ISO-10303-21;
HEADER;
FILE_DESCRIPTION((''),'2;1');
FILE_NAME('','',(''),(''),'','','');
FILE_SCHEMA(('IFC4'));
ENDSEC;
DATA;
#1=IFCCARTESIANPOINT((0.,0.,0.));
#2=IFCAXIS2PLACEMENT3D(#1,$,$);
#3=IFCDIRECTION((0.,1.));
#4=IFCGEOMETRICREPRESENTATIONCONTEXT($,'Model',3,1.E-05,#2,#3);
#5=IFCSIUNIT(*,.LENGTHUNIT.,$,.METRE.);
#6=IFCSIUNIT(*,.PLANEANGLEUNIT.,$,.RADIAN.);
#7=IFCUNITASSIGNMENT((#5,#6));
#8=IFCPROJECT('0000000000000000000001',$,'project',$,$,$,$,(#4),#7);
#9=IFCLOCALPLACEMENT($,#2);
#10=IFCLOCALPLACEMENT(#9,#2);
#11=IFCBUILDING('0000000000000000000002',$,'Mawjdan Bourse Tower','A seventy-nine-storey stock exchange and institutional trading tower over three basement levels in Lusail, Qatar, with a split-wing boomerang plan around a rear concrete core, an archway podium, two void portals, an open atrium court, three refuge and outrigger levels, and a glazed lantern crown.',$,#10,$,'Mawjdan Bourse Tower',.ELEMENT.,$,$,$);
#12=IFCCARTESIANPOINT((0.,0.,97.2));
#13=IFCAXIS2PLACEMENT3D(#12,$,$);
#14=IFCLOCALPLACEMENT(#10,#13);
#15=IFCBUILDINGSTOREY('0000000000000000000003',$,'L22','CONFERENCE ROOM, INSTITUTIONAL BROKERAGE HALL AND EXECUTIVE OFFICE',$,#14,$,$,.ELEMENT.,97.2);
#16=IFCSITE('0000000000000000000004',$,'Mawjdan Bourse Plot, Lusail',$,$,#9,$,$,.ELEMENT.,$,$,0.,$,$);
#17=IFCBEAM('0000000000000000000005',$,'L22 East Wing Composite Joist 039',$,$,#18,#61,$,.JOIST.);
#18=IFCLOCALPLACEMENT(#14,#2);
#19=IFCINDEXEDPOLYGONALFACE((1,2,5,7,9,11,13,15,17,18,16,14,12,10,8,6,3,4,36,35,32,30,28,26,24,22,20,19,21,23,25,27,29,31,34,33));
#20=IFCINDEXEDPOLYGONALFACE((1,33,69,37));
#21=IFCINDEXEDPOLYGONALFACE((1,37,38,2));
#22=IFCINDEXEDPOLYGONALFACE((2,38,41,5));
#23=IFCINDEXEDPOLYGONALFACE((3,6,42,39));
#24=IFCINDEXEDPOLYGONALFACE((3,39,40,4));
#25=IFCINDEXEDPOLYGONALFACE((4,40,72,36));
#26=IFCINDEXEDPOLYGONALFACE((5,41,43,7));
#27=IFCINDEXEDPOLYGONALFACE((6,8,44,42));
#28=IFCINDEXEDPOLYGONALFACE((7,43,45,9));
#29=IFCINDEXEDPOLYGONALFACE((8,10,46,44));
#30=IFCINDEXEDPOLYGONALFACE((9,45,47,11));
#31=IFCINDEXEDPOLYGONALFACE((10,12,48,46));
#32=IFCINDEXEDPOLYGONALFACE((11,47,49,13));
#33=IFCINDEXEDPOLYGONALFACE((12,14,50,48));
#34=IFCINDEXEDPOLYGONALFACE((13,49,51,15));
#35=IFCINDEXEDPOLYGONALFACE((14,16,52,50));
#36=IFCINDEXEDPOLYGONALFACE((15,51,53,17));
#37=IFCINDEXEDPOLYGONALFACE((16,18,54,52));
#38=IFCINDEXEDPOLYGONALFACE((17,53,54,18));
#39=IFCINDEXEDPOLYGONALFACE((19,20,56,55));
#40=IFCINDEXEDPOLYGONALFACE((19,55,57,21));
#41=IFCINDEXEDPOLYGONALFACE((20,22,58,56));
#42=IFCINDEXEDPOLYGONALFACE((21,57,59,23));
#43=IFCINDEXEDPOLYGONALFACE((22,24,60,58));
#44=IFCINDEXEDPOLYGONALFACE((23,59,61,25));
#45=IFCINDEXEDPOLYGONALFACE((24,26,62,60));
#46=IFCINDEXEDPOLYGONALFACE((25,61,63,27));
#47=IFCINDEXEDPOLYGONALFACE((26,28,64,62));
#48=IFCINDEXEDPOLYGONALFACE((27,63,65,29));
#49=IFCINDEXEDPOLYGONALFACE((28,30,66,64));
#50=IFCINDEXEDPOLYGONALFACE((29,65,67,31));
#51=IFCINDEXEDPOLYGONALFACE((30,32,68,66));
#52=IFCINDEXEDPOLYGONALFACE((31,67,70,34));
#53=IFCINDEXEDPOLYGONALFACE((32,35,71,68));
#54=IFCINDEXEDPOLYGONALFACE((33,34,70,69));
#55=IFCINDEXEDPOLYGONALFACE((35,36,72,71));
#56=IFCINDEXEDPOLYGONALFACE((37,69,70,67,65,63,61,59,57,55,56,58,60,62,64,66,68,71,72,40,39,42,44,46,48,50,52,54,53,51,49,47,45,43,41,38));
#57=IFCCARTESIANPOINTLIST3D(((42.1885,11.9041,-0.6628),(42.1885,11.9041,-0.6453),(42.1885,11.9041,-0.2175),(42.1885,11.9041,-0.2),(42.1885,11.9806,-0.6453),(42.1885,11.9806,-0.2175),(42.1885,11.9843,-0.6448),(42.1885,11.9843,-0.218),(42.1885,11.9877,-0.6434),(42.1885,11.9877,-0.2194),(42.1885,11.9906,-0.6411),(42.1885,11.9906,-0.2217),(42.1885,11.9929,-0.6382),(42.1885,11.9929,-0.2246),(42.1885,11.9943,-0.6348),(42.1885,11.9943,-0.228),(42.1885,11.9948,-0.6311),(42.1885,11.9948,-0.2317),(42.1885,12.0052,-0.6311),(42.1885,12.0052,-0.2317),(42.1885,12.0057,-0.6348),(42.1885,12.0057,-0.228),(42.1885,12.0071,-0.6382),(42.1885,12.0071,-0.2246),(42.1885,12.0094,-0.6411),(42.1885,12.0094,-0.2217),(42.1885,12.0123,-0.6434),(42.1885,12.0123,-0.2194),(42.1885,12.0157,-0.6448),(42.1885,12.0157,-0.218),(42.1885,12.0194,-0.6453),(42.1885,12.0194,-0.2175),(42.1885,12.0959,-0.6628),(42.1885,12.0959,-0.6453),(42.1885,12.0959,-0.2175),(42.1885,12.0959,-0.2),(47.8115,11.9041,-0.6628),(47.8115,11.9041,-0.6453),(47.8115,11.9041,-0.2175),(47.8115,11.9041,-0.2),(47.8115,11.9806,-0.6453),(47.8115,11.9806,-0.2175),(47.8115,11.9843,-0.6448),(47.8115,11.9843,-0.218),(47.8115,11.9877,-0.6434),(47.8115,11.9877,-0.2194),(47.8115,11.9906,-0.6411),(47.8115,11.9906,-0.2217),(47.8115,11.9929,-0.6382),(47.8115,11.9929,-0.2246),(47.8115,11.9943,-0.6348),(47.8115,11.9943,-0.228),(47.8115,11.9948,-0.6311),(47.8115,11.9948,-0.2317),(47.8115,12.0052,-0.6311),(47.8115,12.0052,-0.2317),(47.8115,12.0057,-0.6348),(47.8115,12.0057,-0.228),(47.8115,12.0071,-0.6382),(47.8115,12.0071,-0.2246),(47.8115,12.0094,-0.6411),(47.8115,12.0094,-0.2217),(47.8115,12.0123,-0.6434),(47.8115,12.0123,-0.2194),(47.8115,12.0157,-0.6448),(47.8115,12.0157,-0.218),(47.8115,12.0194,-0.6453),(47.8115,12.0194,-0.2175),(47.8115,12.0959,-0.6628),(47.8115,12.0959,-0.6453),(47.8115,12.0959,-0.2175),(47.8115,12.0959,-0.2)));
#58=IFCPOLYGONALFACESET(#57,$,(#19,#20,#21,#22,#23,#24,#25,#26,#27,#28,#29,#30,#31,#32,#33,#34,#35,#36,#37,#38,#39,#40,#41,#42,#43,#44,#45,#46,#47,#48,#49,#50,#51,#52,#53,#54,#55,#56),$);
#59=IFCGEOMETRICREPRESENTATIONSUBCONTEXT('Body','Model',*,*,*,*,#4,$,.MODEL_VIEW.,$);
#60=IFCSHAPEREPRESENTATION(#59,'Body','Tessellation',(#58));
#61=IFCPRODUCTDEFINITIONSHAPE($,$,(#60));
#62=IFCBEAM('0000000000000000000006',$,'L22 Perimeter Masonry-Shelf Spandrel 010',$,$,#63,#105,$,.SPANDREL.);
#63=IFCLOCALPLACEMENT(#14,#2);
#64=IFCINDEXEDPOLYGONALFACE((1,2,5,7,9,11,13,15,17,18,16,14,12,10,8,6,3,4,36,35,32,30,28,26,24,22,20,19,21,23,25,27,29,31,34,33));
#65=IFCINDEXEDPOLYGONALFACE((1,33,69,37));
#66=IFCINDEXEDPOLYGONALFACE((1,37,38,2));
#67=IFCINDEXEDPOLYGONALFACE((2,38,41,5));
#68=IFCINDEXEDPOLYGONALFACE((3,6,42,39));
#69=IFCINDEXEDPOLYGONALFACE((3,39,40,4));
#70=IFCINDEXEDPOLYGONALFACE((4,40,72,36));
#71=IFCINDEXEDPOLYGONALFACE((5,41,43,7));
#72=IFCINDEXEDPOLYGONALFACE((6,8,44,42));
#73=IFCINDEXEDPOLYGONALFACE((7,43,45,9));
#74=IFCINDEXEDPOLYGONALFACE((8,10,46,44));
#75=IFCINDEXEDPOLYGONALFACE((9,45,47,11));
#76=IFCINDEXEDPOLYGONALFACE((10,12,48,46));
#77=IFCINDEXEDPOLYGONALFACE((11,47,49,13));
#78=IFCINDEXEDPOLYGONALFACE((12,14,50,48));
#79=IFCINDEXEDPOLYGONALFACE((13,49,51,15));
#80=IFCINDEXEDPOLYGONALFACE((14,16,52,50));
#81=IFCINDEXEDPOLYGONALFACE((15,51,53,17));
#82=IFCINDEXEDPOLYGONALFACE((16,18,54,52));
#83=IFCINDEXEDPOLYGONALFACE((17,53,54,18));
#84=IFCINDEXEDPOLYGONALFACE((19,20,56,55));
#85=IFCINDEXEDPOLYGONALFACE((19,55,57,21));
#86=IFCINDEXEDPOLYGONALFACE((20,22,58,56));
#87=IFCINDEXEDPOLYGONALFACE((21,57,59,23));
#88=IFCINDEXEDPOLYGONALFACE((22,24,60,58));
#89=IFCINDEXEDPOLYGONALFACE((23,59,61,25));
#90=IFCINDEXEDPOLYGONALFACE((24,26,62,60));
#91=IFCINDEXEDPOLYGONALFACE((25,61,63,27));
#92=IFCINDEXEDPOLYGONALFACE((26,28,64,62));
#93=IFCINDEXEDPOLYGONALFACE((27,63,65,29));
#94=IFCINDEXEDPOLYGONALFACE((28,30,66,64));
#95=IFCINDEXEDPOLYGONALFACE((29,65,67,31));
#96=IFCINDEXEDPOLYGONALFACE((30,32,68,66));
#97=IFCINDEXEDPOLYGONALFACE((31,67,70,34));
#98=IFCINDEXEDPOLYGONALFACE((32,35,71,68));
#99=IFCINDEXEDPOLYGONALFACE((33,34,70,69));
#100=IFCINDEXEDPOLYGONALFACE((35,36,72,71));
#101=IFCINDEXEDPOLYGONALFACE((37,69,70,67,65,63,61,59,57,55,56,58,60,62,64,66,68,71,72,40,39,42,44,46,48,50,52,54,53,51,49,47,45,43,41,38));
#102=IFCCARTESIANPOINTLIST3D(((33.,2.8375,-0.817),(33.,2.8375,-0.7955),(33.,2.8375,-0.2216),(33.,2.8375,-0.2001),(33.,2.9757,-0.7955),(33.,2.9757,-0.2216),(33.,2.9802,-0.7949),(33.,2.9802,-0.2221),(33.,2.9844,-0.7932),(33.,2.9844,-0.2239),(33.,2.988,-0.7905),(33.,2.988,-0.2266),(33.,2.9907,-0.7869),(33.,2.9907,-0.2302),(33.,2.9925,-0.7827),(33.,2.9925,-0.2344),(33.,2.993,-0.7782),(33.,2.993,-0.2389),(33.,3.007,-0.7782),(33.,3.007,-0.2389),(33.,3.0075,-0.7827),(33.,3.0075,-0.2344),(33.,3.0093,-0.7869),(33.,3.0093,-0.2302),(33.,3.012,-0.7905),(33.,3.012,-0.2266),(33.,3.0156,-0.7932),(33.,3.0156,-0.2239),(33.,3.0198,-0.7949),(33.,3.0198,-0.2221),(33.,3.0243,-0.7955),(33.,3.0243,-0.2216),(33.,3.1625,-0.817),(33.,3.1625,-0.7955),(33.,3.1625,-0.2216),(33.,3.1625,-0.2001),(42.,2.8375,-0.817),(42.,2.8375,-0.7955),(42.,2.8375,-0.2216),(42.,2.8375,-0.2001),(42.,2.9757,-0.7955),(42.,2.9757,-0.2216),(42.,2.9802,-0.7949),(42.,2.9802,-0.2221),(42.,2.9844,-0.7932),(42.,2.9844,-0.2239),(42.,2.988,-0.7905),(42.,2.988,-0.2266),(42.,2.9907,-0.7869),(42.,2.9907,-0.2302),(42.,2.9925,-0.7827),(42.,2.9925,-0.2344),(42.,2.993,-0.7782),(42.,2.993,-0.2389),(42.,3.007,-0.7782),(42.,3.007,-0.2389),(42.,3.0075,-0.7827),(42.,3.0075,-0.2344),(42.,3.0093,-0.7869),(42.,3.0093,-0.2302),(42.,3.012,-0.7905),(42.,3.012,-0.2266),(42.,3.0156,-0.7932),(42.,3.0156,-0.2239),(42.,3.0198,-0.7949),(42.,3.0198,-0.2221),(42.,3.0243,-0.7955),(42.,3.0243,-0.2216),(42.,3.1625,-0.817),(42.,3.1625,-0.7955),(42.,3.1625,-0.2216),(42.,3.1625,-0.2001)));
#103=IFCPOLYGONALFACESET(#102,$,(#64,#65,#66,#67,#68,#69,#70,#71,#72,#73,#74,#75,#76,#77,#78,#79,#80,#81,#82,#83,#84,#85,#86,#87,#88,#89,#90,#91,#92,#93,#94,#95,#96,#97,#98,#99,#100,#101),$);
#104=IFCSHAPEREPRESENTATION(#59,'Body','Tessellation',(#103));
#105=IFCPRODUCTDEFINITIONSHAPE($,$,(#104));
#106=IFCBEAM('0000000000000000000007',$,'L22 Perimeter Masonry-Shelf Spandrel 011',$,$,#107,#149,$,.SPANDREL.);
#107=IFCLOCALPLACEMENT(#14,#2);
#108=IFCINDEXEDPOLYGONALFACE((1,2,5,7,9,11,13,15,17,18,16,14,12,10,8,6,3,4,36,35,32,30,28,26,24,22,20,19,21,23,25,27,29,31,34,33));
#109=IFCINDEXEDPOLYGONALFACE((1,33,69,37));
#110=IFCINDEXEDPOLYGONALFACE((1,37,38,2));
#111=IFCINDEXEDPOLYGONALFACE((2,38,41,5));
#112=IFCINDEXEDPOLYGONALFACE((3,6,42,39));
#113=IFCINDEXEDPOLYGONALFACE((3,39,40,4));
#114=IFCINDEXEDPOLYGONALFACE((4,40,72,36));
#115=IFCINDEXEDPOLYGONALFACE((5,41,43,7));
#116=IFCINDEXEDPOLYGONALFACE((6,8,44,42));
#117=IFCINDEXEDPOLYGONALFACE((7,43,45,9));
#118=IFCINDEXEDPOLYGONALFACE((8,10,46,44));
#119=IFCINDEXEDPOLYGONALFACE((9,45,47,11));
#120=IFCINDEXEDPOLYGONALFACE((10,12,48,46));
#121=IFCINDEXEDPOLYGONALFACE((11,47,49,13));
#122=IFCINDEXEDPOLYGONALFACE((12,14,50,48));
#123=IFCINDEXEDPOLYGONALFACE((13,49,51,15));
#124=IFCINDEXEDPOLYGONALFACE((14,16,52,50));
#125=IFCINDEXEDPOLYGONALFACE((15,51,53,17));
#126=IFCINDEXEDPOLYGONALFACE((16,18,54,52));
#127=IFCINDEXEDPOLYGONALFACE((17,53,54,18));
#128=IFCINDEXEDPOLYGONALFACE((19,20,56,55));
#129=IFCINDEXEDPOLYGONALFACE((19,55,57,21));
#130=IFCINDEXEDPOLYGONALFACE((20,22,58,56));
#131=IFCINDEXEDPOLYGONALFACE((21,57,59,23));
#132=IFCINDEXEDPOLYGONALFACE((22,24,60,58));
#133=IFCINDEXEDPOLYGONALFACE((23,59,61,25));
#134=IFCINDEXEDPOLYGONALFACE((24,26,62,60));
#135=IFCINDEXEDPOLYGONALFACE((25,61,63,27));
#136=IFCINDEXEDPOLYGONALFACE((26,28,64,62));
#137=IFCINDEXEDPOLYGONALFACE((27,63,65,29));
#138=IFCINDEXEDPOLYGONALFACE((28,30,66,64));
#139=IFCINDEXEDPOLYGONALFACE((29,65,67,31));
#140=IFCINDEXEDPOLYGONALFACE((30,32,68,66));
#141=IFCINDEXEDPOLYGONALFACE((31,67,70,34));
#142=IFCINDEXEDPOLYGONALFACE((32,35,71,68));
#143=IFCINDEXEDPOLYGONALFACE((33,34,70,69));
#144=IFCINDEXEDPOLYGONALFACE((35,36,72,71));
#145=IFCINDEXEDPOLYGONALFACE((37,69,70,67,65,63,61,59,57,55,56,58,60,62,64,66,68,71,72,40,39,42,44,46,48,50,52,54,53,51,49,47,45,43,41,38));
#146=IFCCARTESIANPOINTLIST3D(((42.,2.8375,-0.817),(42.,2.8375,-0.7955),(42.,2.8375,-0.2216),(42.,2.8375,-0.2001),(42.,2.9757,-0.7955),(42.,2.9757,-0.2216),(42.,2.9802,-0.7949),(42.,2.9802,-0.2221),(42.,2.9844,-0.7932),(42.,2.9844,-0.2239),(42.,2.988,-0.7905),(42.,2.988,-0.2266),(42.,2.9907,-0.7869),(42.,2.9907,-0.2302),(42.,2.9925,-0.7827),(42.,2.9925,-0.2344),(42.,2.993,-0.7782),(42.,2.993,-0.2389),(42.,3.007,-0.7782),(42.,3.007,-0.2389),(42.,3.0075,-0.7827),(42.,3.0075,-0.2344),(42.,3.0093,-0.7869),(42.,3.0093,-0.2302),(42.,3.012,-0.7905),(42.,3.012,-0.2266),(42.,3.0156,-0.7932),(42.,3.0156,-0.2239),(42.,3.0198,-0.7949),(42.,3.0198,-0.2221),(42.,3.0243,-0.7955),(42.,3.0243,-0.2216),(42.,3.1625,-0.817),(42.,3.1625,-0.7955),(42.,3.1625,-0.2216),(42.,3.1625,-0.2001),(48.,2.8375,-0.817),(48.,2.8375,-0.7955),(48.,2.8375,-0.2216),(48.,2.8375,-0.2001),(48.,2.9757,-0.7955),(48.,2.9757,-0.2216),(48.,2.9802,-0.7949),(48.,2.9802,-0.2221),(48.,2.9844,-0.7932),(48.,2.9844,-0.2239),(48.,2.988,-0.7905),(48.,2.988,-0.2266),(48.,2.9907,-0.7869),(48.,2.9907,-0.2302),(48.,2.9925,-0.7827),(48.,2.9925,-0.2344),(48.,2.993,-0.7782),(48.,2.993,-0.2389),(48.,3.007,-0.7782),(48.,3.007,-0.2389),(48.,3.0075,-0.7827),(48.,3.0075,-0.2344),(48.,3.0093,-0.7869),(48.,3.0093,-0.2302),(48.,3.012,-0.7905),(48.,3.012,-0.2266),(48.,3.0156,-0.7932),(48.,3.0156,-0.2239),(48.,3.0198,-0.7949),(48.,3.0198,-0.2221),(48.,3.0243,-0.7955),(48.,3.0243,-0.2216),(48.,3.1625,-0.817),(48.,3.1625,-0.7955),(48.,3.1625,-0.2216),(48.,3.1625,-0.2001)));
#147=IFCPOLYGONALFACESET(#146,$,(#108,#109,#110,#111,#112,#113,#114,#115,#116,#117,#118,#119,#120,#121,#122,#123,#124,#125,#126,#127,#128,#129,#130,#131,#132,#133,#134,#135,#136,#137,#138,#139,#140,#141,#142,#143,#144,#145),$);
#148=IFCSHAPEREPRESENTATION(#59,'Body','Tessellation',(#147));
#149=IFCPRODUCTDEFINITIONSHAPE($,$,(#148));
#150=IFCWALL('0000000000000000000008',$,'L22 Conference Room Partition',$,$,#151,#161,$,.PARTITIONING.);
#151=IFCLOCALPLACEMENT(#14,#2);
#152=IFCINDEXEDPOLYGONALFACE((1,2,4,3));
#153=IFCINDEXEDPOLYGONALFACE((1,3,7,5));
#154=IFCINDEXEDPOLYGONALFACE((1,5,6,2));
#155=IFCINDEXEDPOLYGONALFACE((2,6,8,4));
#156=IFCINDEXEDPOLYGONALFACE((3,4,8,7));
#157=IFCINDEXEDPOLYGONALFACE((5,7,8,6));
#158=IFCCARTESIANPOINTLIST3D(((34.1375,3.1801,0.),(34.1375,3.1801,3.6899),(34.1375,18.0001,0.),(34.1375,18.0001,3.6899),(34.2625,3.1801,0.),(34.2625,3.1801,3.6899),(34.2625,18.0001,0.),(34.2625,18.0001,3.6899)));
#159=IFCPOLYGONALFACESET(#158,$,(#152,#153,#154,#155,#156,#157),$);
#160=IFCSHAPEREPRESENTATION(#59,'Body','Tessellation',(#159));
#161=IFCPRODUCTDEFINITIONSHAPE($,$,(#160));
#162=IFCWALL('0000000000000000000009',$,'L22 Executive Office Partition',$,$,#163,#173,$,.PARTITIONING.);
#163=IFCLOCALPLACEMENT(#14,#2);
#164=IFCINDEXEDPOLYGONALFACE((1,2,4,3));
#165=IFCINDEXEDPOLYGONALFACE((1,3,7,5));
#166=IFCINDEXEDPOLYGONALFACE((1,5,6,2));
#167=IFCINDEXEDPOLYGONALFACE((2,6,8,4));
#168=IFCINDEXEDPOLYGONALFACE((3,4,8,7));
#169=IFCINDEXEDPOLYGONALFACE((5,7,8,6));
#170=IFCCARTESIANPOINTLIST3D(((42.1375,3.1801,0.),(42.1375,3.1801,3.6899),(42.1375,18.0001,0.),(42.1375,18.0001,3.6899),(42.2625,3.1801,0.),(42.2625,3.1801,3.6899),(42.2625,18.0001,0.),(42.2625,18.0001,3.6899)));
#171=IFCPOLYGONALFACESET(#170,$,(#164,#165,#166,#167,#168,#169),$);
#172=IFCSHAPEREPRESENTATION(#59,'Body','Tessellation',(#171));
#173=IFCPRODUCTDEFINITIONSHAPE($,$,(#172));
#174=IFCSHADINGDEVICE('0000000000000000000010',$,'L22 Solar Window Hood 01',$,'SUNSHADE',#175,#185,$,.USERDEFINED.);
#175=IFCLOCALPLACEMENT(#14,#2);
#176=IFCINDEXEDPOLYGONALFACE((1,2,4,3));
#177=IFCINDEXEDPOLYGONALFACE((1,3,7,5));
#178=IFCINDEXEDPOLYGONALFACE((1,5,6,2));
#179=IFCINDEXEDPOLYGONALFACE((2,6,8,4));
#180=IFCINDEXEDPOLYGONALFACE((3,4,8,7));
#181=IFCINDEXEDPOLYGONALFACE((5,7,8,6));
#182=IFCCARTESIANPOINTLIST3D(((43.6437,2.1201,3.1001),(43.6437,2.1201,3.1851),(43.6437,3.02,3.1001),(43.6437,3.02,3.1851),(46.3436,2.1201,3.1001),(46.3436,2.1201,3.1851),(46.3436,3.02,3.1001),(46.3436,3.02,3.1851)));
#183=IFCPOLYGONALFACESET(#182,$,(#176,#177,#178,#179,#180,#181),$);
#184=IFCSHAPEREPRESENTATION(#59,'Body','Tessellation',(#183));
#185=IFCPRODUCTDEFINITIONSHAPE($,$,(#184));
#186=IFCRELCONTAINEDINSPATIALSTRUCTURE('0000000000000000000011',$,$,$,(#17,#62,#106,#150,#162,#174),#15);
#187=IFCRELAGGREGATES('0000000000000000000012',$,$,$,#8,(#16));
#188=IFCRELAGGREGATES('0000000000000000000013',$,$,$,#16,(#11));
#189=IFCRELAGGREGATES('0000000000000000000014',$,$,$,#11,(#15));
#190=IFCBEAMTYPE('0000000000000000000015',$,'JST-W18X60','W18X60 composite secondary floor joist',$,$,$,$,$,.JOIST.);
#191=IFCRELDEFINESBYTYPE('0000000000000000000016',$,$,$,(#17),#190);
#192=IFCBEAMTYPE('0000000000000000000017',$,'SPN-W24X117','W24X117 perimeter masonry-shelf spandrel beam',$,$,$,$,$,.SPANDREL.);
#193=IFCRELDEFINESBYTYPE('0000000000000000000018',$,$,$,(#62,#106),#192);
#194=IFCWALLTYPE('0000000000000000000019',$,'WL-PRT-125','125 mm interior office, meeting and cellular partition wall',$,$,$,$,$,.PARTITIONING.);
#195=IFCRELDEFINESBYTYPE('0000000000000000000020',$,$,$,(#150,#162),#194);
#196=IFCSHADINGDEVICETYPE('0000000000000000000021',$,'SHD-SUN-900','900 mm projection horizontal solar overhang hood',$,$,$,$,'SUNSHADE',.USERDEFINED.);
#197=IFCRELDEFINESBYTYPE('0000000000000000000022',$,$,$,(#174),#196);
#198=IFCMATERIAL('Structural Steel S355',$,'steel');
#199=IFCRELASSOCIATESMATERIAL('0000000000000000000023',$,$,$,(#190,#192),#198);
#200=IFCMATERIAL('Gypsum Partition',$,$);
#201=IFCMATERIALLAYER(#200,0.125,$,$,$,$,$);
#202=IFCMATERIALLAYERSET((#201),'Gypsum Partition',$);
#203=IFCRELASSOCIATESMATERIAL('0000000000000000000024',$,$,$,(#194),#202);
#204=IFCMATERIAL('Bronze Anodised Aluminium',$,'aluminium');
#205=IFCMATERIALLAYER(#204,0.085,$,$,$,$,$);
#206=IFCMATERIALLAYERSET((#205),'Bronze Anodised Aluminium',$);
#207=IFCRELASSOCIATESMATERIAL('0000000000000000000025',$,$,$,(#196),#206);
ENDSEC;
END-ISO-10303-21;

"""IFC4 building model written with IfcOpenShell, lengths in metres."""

from ifc_helpers import new_model, si_unit, direction, frame, frame_2d, origin, origin_2d, place, context, subcontext, project, spatial, rectangle, i_section, extrude, material, layer, layer_set, material_profile, profile_set, type_object, element, save


model = new_model("IFC4")

# Units and contexts
model_context = context("Model", 3, precision=1e-05, world=origin(), true_north=direction((0.0, 1.0)))
body_context = subcontext(model_context, "Body", "Model", "MODEL_VIEW")
ifc_project = project(units=[si_unit("LENGTHUNIT", "METRE"), si_unit("PLANEANGLEUNIT", "RADIAN")], contexts=[model_context])

# Site, building, storey
site_placement = place(None, origin())
site = spatial("IfcSite", under=ifc_project, at=site_placement, Name="Mawjdan Bourse Plot, Lusail", CompositionType="ELEMENT", RefElevation=0.0)
building_placement = place(site_placement, origin())
building = spatial("IfcBuilding", under=site, at=building_placement, Name="Mawjdan Bourse Tower", Description="A seventy-nine-storey stock exchange and institutional trading tower over three basement levels in Lusail, Qatar, with a split-wing boomerang plan around a rear concrete core, an archway podium, two void portals, an open atrium court, three refuge and outrigger levels, and a glazed lantern crown.", LongName="Mawjdan Bourse Tower", CompositionType="ELEMENT")
storey_placement = place(building_placement, frame((0.0, 0.0, 97.2)))
storey = spatial("IfcBuildingStorey", under=building, at=storey_placement, Name="L22", Description="CONFERENCE ROOM, INSTITUTIONAL BROKERAGE HALL AND EXECUTIVE OFFICE", CompositionType="ELEMENT", Elevation=97.2)

# Beams
ifc_material_1 = material(Name="Structural Steel S355", Category="steel")
ifc_material_profile_1 = material_profile(ifc_material_1, i_section(OverallWidth=0.1919, OverallDepth=0.4629, WebThickness=0.0105, FlangeThickness=0.0176, FilletRadius=0.0142, at=origin_2d()), Name="W18X60")
ifc_profile_set_1 = profile_set([ifc_material_profile_1], Name="Structural Steel S355")
beam_type_1 = type_object("IfcBeamType", Name="JST-W18X60", Description="W18X60 composite secondary floor joist", PredefinedType="JOIST", material=ifc_profile_set_1)
beam_1_placement = place(storey_placement, frame((42.1885, 12.0, -0.4314), z_axis=(1.0, 0.0, 0.0), x_axis=(0.0, 1.0, 0.0)))
element("IfcBeam", 1, at=beam_1_placement, inside=storey, type_object=beam_type_1, Name="L22 East Wing Composite Joist 039", PredefinedType="JOIST", context=body_context, shape_type="SweptSolid", body=[
    extrude(i_section(OverallWidth=0.1919, OverallDepth=0.4629, WebThickness=0.0105, FlangeThickness=0.0176, FilletRadius=0.0142, at=origin_2d()), origin(), (0.0, 0.0, 1.0), 5.623),
])
ifc_material_profile_2 = material_profile(ifc_material_1, i_section(OverallWidth=0.325, OverallDepth=0.6169, WebThickness=0.0139, FlangeThickness=0.0215, FilletRadius=0.0173, at=origin_2d()), Name="W24X117")
ifc_profile_set_2 = profile_set([ifc_material_profile_2], Name="Structural Steel S355")
beam_type_2 = type_object("IfcBeamType", Name="SPN-W24X117", Description="W24X117 perimeter masonry-shelf spandrel beam", PredefinedType="SPANDREL", material=ifc_profile_set_2)
beam_2_placement = place(storey_placement, frame((33.0, 3.0, -0.5085), z_axis=(1.0, 0.0, 0.0), x_axis=(0.0, 1.0, 0.0)))
element("IfcBeam", 2, at=beam_2_placement, inside=storey, type_object=beam_type_2, Name="L22 Perimeter Masonry-Shelf Spandrel 010", PredefinedType="SPANDREL", context=body_context, shape_type="SweptSolid", body=[
    extrude(i_section(OverallWidth=0.325, OverallDepth=0.6169, WebThickness=0.0139, FlangeThickness=0.0215, FilletRadius=0.0173, at=origin_2d()), origin(), (0.0, 0.0, 1.0), 9.0),
])
beam_3_placement = place(storey_placement, frame((42.0, 3.0, -0.5085), z_axis=(1.0, 0.0, 0.0), x_axis=(0.0, 1.0, 0.0)))
element("IfcBeam", 3, at=beam_3_placement, inside=storey, type_object=beam_type_2, Name="L22 Perimeter Masonry-Shelf Spandrel 011", PredefinedType="SPANDREL", context=body_context, shape_type="SweptSolid", body=[
    extrude(i_section(OverallWidth=0.325, OverallDepth=0.6169, WebThickness=0.0139, FlangeThickness=0.0215, FilletRadius=0.0173, at=origin_2d()), origin(), (0.0, 0.0, 1.0), 6.0),
])

# Walls
ifc_material_2 = material(Name="Gypsum Partition")
ifc_layer_1 = layer(ifc_material_2, 0.125)
ifc_layer_set_1 = layer_set([ifc_layer_1], Name="Gypsum Partition")
wall_type = type_object("IfcWallType", Name="WL-PRT-125", Description="125 mm interior office, meeting and cellular partition wall", PredefinedType="PARTITIONING", material=ifc_layer_set_1)
for number, where, z_axis, x_axis, name in (
    (4, (34.2, 3.1799, 0.0), (0.0, 0.0, 1.0), (0.0, 1.0, 0.0), "L22 Conference Room Partition"),
    (5, (42.2, 3.1799, 0.0), (0.0, 0.0, 1.0), (0.0, 1.0, 0.0), "L22 Executive Office Partition"),
):
    element("IfcWall", number, at=place(storey_placement, frame(where, z_axis=z_axis, x_axis=x_axis)), inside=storey, type_object=wall_type, Name=name, PredefinedType="PARTITIONING", context=body_context, shape_type="SweptSolid", body=[
        extrude(rectangle(XDim=14.8201, YDim=0.125, at=frame_2d((7.4102, 0.0))), origin(), (0.0, 0.0, 1.0), 3.6899),
    ])

# Shading device
ifc_material_3 = material(Name="Bronze Anodised Aluminium", Category="aluminium")
ifc_layer_2 = layer(ifc_material_3, 0.085)
ifc_layer_set_2 = layer_set([ifc_layer_2], Name="Bronze Anodised Aluminium")
shading_device_type = type_object("IfcShadingDeviceType", Name="SHD-SUN-900", Description="900 mm projection horizontal solar overhang hood", ElementType="SUNSHADE", PredefinedType="USERDEFINED", material=ifc_layer_set_2)
shading_device_placement = place(storey_placement, frame((44.9937, 2.5701, 3.1001), z_axis=(0.0, 0.0, 1.0), x_axis=(1.0, 0.0, 0.0)))
element("IfcShadingDevice", 6, at=shading_device_placement, inside=storey, type_object=shading_device_type, Name="L22 Solar Window Hood 01", ObjectType="SUNSHADE", PredefinedType="USERDEFINED", context=body_context, shape_type="SweptSolid", body=[
    extrude(rectangle(XDim=2.7, YDim=0.8999, at=origin_2d()), origin(), (0.0, 0.0, 1.0), 0.085),
])

save(model, "model.ifc")
